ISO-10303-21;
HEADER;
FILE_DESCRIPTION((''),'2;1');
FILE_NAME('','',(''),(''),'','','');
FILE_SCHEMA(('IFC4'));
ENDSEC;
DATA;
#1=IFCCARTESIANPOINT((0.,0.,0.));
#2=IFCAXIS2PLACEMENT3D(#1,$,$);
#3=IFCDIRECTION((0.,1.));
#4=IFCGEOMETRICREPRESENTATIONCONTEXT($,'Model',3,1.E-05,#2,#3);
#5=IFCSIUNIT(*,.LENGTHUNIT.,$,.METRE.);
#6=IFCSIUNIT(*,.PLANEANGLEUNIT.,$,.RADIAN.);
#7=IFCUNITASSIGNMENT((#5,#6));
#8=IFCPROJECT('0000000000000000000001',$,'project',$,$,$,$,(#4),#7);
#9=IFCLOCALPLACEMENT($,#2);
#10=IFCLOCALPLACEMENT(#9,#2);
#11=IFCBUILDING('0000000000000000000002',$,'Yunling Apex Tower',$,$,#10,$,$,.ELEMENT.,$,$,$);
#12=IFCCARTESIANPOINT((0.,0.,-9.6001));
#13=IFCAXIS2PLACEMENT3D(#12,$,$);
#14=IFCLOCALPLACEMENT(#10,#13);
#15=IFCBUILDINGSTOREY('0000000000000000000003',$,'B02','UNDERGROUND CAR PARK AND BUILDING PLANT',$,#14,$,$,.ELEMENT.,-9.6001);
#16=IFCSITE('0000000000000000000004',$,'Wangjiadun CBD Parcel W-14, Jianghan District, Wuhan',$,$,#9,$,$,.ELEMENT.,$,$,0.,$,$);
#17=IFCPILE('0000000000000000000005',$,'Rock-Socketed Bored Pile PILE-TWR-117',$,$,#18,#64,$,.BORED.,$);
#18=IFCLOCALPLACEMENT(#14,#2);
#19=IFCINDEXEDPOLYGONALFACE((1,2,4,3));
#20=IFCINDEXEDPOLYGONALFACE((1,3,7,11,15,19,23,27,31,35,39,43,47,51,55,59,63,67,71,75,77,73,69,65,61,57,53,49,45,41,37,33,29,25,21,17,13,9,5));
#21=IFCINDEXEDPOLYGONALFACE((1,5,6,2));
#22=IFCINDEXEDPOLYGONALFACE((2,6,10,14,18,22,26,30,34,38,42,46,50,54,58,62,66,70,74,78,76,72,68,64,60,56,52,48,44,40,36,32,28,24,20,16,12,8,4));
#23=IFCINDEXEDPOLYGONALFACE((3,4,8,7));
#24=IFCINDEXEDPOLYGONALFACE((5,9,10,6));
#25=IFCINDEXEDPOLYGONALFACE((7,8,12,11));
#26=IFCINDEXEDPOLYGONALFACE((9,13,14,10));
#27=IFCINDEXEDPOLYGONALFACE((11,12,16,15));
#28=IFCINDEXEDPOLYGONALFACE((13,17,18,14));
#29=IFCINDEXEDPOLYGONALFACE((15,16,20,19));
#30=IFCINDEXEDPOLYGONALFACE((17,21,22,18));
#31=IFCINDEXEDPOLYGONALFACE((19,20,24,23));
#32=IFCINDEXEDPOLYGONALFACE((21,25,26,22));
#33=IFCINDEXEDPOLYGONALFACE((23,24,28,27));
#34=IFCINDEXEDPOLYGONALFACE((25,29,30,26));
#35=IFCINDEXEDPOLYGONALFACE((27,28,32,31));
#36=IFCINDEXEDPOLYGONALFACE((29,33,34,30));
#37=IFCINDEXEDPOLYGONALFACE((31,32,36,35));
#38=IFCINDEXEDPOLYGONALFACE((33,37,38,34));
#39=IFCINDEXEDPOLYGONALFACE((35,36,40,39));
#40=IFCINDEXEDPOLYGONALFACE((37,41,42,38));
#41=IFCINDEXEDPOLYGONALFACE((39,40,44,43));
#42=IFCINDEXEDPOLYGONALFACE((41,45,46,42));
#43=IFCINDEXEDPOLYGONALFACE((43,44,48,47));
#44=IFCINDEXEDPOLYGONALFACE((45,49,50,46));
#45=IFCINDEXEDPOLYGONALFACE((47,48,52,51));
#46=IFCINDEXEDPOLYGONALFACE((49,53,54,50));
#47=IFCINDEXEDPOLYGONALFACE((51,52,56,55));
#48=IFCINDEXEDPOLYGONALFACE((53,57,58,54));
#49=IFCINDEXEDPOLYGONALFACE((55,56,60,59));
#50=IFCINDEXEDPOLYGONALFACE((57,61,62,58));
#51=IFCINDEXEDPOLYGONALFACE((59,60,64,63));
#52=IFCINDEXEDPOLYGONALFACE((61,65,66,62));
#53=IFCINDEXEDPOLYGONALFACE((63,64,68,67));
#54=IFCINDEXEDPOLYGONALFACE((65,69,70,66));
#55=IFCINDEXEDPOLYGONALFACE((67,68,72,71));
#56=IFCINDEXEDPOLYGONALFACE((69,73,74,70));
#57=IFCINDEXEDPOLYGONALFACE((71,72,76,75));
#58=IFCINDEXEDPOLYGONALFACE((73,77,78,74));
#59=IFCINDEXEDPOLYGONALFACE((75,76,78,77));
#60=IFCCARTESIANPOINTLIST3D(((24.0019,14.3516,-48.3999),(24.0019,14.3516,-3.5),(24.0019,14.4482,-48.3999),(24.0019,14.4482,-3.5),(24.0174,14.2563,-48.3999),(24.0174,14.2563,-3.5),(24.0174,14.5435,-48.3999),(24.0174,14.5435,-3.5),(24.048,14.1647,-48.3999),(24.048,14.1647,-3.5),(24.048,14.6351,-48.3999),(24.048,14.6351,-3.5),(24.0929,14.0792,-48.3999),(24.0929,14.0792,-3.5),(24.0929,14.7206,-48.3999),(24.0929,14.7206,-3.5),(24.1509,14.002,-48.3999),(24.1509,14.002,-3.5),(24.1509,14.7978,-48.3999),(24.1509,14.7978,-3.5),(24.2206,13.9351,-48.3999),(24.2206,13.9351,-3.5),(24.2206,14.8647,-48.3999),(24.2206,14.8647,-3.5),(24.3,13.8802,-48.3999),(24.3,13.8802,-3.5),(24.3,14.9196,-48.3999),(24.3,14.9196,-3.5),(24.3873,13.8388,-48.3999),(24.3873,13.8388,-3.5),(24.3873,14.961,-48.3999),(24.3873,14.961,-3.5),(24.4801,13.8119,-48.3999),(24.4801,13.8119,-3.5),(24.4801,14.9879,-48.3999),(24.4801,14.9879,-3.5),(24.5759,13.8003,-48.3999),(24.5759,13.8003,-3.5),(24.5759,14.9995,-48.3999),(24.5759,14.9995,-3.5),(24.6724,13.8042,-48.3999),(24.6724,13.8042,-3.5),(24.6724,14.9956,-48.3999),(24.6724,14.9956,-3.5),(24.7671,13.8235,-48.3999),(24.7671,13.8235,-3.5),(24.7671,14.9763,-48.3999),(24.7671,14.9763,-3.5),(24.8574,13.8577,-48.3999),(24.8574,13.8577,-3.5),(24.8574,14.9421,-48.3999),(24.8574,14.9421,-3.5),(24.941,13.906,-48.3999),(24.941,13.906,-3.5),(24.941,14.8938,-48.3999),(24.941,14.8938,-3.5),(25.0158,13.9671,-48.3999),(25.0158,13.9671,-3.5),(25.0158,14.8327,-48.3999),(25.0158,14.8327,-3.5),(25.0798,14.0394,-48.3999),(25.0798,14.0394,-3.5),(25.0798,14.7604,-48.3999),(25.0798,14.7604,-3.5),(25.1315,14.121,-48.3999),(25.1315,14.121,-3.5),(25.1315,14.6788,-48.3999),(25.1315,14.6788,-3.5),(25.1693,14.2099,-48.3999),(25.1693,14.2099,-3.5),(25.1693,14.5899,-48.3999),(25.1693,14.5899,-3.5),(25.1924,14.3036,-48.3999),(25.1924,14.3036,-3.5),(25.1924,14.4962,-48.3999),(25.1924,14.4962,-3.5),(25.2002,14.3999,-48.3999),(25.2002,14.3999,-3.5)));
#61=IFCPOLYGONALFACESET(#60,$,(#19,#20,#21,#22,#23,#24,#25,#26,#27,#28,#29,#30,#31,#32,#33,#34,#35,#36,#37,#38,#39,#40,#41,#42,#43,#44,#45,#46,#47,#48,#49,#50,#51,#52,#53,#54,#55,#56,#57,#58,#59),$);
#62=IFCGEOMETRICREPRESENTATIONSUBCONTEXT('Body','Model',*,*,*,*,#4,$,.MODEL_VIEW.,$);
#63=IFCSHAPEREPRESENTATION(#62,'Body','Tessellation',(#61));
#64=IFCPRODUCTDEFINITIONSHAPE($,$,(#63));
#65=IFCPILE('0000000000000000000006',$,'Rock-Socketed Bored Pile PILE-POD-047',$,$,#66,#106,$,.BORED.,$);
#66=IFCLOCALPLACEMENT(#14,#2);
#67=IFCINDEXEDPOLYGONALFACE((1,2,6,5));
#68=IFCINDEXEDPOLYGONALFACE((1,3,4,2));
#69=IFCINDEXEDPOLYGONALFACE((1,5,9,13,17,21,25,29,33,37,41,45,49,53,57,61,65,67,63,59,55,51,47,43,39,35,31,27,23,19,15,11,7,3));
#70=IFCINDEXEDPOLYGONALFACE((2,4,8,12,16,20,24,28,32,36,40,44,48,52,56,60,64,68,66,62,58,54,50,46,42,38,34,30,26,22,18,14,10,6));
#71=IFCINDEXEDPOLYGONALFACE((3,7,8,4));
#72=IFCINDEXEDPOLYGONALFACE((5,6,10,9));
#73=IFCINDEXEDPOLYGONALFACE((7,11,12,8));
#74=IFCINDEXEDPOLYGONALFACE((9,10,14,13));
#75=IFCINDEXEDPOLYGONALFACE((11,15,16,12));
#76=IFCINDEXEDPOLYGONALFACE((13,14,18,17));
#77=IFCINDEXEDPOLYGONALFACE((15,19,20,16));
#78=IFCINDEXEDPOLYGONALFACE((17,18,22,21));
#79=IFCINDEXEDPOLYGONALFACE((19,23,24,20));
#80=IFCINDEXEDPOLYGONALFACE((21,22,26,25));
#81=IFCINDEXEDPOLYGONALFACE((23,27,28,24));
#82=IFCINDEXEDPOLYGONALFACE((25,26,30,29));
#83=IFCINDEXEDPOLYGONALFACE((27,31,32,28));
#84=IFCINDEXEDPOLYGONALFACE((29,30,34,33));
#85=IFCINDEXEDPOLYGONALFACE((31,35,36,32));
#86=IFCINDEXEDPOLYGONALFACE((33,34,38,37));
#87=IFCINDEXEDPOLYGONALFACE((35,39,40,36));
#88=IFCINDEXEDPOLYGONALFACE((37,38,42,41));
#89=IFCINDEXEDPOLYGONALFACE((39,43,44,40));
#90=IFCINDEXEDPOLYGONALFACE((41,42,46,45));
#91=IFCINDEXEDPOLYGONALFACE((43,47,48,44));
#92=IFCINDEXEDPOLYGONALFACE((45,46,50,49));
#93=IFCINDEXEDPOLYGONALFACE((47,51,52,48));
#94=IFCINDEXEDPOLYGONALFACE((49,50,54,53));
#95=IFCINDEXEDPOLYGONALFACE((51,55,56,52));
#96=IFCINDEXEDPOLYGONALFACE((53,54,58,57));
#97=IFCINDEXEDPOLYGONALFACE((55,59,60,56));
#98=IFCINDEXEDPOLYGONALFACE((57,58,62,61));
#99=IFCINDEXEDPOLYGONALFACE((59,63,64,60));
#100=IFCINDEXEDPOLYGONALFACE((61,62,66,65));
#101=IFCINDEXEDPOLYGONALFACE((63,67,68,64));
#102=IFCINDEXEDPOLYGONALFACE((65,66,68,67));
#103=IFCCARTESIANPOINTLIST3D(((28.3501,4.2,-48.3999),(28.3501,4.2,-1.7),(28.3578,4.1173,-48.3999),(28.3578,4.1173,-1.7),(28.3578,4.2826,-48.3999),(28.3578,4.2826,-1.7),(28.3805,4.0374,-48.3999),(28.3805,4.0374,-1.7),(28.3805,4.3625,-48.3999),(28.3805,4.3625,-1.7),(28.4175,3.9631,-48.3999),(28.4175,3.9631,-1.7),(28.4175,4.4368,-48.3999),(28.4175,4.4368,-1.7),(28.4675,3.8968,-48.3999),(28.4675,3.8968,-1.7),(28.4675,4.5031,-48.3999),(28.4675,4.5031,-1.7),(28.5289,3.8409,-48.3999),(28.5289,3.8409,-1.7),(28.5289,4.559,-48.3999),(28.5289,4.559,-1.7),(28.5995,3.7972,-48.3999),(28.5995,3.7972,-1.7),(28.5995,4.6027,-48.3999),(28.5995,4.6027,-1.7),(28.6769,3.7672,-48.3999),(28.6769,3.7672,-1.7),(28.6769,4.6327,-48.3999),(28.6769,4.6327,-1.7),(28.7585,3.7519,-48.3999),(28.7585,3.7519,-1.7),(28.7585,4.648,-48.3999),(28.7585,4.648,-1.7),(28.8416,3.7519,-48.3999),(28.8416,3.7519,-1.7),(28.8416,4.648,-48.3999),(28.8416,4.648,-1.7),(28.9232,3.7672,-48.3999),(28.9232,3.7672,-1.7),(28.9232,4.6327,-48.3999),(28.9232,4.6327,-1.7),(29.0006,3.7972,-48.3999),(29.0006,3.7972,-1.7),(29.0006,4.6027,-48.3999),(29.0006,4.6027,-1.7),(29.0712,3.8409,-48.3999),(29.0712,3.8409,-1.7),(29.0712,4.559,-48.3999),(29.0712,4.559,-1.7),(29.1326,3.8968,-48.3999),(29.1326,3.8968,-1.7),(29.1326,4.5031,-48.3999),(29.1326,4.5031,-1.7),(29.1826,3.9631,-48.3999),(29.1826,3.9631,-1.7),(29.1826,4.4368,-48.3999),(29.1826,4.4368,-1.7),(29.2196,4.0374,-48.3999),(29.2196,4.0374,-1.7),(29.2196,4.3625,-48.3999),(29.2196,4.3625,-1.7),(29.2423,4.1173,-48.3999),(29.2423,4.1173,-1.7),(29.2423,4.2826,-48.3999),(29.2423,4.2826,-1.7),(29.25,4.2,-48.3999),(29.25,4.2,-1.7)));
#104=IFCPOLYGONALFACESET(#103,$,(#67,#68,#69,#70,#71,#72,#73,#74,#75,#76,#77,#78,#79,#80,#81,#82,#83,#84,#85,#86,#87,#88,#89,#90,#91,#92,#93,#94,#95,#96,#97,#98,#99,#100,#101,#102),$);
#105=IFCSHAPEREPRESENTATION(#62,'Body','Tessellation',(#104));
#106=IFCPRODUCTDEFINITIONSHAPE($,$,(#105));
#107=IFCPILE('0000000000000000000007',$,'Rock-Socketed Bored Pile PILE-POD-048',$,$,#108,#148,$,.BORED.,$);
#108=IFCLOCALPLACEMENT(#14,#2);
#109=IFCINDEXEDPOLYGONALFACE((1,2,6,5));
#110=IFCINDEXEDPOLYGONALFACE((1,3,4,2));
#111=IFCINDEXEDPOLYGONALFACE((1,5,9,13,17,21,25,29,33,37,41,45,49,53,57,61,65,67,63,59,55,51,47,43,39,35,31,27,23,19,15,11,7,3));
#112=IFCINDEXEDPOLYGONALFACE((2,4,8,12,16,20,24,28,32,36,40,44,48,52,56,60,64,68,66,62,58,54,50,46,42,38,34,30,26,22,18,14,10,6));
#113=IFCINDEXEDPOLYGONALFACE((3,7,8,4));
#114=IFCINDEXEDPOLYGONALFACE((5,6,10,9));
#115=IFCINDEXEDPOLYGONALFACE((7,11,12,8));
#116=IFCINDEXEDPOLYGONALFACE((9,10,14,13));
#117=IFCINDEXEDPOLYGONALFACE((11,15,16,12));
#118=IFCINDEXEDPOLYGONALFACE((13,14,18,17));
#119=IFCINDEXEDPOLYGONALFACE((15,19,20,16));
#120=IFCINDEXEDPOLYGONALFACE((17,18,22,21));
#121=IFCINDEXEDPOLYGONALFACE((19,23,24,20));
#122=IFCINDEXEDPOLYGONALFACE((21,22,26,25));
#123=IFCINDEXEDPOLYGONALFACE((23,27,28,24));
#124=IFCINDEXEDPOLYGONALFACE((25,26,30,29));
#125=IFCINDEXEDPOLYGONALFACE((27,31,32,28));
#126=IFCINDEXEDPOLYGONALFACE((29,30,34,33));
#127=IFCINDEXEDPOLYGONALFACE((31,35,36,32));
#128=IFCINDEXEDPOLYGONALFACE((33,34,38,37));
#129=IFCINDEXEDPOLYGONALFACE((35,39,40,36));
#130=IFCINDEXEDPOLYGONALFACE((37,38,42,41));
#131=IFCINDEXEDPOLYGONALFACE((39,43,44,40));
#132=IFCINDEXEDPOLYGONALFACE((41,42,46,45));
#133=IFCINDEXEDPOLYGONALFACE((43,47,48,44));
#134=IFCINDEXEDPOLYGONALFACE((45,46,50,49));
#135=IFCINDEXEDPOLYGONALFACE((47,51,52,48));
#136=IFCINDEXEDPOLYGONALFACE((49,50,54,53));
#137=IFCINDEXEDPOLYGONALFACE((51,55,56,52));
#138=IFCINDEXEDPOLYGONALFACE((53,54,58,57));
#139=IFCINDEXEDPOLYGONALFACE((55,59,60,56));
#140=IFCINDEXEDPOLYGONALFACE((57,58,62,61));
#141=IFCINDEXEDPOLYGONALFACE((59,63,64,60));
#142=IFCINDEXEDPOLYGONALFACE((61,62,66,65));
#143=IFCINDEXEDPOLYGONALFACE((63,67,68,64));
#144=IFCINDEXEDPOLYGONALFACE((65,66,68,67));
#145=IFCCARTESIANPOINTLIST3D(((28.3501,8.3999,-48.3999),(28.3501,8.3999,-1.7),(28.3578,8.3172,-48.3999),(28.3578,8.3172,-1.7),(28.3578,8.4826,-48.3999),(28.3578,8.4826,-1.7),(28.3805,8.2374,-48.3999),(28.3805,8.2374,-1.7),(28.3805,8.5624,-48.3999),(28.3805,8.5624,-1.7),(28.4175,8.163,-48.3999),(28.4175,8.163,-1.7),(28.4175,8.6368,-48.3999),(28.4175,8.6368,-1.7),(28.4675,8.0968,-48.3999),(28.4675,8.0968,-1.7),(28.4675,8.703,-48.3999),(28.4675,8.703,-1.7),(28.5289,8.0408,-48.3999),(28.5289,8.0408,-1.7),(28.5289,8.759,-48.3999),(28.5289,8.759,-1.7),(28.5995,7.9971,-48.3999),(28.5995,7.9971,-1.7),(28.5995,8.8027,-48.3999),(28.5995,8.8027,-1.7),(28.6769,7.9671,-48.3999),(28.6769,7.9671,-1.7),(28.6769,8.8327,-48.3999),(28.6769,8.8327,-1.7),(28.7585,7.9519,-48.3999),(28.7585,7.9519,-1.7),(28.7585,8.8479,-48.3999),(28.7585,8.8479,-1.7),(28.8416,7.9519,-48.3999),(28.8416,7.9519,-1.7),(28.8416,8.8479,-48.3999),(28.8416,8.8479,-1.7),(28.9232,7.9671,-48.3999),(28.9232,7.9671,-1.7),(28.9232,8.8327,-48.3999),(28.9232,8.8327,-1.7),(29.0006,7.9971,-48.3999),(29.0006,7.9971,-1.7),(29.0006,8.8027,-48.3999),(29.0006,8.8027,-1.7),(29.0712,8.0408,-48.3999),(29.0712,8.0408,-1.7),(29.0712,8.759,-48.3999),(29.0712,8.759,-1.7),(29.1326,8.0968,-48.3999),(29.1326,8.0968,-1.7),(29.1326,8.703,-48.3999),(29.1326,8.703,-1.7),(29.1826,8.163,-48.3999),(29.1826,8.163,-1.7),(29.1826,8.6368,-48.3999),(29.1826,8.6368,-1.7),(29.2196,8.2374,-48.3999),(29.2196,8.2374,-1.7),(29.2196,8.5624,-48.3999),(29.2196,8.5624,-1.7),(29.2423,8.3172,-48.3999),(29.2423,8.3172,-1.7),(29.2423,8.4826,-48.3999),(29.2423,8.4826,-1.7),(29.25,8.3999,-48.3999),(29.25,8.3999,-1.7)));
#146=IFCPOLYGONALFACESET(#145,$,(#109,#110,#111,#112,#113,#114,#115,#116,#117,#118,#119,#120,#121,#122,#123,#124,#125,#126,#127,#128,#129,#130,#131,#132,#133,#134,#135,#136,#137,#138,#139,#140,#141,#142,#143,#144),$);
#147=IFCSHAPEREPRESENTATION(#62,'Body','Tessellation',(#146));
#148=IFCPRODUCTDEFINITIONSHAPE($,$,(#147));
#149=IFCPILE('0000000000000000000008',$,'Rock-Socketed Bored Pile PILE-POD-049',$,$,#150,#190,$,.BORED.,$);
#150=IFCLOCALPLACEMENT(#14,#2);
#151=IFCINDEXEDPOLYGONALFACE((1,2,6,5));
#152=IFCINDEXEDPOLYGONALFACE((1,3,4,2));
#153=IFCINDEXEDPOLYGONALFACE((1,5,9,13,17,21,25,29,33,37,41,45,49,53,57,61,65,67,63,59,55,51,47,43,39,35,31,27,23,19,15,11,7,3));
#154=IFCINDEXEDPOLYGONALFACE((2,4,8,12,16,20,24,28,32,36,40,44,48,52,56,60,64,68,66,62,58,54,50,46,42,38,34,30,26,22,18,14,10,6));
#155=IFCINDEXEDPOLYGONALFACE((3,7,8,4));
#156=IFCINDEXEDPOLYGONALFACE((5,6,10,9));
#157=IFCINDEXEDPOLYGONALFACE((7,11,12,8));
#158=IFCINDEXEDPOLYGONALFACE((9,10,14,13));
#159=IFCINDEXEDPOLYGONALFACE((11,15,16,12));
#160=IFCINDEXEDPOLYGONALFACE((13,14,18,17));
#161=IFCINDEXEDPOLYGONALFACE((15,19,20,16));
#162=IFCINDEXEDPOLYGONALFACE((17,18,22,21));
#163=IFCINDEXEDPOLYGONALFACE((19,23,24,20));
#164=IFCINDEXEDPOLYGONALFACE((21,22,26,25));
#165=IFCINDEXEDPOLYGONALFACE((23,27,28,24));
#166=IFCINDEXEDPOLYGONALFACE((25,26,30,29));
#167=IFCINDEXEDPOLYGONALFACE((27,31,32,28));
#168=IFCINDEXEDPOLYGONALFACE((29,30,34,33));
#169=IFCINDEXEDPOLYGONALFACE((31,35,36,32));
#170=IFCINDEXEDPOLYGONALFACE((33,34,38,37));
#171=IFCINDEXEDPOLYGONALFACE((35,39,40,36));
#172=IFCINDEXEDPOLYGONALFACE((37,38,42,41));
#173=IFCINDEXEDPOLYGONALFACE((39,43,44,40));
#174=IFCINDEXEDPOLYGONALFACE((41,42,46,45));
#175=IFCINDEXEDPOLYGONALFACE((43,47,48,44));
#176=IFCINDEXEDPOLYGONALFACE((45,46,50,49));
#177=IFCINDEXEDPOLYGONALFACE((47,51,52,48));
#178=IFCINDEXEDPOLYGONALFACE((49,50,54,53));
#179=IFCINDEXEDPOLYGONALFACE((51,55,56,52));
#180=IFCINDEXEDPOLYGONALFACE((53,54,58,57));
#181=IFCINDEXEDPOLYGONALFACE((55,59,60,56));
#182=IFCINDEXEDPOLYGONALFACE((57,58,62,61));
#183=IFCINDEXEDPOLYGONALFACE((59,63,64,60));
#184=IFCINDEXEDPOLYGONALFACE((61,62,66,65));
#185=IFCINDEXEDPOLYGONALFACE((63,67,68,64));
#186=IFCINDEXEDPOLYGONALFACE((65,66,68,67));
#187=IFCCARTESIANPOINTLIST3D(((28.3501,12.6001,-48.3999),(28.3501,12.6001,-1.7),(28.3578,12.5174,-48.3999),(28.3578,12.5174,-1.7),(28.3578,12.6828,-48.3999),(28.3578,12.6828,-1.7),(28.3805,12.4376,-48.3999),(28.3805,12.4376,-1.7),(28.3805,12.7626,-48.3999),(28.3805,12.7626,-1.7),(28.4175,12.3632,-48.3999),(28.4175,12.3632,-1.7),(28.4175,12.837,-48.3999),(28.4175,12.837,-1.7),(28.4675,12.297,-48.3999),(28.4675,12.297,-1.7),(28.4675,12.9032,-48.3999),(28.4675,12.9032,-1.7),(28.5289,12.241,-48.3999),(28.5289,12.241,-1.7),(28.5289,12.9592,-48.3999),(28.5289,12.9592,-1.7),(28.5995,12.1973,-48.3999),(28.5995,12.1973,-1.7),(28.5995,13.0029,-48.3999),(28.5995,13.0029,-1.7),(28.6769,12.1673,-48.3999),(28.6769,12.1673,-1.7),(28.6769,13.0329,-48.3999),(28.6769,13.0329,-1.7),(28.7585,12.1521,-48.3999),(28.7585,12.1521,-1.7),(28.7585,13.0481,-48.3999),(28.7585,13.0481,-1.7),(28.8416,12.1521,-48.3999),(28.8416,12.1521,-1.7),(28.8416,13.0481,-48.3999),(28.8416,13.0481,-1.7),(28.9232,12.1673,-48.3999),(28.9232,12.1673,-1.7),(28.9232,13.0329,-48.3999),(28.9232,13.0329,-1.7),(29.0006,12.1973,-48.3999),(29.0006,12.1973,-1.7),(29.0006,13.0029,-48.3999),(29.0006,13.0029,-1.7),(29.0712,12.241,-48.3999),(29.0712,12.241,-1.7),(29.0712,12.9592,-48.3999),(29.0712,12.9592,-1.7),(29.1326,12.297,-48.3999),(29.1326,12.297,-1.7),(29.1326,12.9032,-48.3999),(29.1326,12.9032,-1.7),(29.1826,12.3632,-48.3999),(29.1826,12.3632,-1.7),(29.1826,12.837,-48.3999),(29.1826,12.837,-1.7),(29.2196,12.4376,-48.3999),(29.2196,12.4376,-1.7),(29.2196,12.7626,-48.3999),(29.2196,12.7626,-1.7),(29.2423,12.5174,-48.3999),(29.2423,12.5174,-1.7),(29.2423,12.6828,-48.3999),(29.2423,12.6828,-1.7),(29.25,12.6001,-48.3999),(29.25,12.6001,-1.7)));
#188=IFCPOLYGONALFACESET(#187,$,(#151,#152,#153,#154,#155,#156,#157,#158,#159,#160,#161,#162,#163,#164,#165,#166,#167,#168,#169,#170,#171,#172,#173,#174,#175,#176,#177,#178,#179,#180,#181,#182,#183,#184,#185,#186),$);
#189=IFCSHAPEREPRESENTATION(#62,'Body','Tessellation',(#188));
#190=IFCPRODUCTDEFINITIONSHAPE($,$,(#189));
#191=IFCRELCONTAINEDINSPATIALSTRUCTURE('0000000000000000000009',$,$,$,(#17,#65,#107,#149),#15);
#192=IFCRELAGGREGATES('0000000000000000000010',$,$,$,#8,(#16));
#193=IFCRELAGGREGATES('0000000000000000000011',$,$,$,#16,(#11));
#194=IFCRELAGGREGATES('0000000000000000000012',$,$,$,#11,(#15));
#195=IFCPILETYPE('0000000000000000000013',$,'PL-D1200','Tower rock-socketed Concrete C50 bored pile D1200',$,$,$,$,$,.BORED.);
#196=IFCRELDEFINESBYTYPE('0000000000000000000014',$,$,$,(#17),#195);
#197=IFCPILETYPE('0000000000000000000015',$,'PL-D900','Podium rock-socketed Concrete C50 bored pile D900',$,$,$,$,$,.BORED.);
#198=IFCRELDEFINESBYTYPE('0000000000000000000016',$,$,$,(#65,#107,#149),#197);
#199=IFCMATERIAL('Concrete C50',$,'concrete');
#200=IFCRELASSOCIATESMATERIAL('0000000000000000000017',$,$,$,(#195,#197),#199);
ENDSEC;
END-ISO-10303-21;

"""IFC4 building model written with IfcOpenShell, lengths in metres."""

from ifc_helpers import new_model, si_unit, direction, frame, origin, origin_2d, place, context, subcontext, project, spatial, circle, extrude, source, transform, mapped, material, material_profile, profile_set, type_object, element, save


model = new_model("IFC4")

# Units and contexts
model_context = context("Model", 3, precision=1e-05, world=origin(), true_north=direction((0.0, 1.0)))
body_context = subcontext(model_context, "Body", "Model", "MODEL_VIEW")
ifc_project = project(units=[si_unit("LENGTHUNIT", "METRE"), si_unit("PLANEANGLEUNIT", "RADIAN")], contexts=[model_context])

# Site, building, storey
site_placement = place(None, origin())
site = spatial("IfcSite", under=ifc_project, at=site_placement, Name="Wangjiadun CBD Parcel W-14, Jianghan District, Wuhan", CompositionType="ELEMENT", RefElevation=0.0)
building_placement = place(site_placement, origin())
building = spatial("IfcBuilding", under=site, at=building_placement, Name="Yunling Apex Tower", CompositionType="ELEMENT")
storey_placement = place(building_placement, frame((0.0, 0.0, -9.6001)))
storey = spatial("IfcBuildingStorey", under=building, at=storey_placement, Name="B02", Description="UNDERGROUND CAR PARK AND BUILDING PLANT", CompositionType="ELEMENT", Elevation=-9.6001)

# Shared definitions
ifc_material_1 = material(Name="Concrete C50", Category="concrete")

# Piles
ifc_material_profile_1 = material_profile(ifc_material_1, circle(Radius=0.6001, at=origin_2d()))
ifc_profile_set_1 = profile_set([ifc_material_profile_1], Name="Concrete C50")
pile_type_1 = type_object("IfcPileType", Name="PL-D1200", Description="Tower rock-socketed Concrete C50 bored pile D1200", PredefinedType="BORED", material=ifc_profile_set_1)
shared_shape_1 = source(origin(), body_context, "Body", "SweptSolid", [
    extrude(circle(Radius=0.6001, at=origin_2d()), origin(), (0.0, 0.0, 1.0), 44.8999),
])
for number, where, z_axis, x_axis, name in (
    (1, (24.6001, 14.3999, -3.5), (0.0, 0.0, -1.0), (1.0, 0.0, 0.0), "Rock-Socketed Bored Pile PILE-TWR-117"),
):
    element("IfcPile", number, at=place(storey_placement, frame(where, z_axis=z_axis, x_axis=x_axis)), inside=storey, type_object=pile_type_1, Name=name, PredefinedType="BORED", context=body_context, shape_type="MappedRepresentation", body=[
        mapped(shared_shape_1, transform((0.0, 0.0, 0.0), scale=1.0)),
    ])
ifc_material_profile_2 = material_profile(ifc_material_1, circle(Radius=0.45, at=origin_2d()))
ifc_profile_set_2 = profile_set([ifc_material_profile_2], Name="Concrete C50")
pile_type_2 = type_object("IfcPileType", Name="PL-D900", Description="Podium rock-socketed Concrete C50 bored pile D900", PredefinedType="BORED", material=ifc_profile_set_2)
shared_shape_2 = source(origin(), body_context, "Body", "SweptSolid", [
    extrude(circle(Radius=0.45, at=origin_2d()), origin(), (0.0, 0.0, 1.0), 46.7),
])
for number, where, z_axis, x_axis, name in (
    (2, (28.8, 4.2, -1.7), (0.0, 0.0, -1.0), (1.0, 0.0, 0.0), "Rock-Socketed Bored Pile PILE-POD-047"),
    (3, (28.8, 8.3999, -1.7), (0.0, 0.0, -1.0), (1.0, 0.0, 0.0), "Rock-Socketed Bored Pile PILE-POD-048"),
    (4, (28.8, 12.6001, -1.7), (0.0, 0.0, -1.0), (1.0, 0.0, 0.0), "Rock-Socketed Bored Pile PILE-POD-049"),
):
    element("IfcPile", number, at=place(storey_placement, frame(where, z_axis=z_axis, x_axis=x_axis)), inside=storey, type_object=pile_type_2, Name=name, PredefinedType="BORED", context=body_context, shape_type="MappedRepresentation", body=[
        mapped(shared_shape_2, transform((0.0, 0.0, 0.0), scale=1.0)),
    ])

save(model, "model.ifc")
